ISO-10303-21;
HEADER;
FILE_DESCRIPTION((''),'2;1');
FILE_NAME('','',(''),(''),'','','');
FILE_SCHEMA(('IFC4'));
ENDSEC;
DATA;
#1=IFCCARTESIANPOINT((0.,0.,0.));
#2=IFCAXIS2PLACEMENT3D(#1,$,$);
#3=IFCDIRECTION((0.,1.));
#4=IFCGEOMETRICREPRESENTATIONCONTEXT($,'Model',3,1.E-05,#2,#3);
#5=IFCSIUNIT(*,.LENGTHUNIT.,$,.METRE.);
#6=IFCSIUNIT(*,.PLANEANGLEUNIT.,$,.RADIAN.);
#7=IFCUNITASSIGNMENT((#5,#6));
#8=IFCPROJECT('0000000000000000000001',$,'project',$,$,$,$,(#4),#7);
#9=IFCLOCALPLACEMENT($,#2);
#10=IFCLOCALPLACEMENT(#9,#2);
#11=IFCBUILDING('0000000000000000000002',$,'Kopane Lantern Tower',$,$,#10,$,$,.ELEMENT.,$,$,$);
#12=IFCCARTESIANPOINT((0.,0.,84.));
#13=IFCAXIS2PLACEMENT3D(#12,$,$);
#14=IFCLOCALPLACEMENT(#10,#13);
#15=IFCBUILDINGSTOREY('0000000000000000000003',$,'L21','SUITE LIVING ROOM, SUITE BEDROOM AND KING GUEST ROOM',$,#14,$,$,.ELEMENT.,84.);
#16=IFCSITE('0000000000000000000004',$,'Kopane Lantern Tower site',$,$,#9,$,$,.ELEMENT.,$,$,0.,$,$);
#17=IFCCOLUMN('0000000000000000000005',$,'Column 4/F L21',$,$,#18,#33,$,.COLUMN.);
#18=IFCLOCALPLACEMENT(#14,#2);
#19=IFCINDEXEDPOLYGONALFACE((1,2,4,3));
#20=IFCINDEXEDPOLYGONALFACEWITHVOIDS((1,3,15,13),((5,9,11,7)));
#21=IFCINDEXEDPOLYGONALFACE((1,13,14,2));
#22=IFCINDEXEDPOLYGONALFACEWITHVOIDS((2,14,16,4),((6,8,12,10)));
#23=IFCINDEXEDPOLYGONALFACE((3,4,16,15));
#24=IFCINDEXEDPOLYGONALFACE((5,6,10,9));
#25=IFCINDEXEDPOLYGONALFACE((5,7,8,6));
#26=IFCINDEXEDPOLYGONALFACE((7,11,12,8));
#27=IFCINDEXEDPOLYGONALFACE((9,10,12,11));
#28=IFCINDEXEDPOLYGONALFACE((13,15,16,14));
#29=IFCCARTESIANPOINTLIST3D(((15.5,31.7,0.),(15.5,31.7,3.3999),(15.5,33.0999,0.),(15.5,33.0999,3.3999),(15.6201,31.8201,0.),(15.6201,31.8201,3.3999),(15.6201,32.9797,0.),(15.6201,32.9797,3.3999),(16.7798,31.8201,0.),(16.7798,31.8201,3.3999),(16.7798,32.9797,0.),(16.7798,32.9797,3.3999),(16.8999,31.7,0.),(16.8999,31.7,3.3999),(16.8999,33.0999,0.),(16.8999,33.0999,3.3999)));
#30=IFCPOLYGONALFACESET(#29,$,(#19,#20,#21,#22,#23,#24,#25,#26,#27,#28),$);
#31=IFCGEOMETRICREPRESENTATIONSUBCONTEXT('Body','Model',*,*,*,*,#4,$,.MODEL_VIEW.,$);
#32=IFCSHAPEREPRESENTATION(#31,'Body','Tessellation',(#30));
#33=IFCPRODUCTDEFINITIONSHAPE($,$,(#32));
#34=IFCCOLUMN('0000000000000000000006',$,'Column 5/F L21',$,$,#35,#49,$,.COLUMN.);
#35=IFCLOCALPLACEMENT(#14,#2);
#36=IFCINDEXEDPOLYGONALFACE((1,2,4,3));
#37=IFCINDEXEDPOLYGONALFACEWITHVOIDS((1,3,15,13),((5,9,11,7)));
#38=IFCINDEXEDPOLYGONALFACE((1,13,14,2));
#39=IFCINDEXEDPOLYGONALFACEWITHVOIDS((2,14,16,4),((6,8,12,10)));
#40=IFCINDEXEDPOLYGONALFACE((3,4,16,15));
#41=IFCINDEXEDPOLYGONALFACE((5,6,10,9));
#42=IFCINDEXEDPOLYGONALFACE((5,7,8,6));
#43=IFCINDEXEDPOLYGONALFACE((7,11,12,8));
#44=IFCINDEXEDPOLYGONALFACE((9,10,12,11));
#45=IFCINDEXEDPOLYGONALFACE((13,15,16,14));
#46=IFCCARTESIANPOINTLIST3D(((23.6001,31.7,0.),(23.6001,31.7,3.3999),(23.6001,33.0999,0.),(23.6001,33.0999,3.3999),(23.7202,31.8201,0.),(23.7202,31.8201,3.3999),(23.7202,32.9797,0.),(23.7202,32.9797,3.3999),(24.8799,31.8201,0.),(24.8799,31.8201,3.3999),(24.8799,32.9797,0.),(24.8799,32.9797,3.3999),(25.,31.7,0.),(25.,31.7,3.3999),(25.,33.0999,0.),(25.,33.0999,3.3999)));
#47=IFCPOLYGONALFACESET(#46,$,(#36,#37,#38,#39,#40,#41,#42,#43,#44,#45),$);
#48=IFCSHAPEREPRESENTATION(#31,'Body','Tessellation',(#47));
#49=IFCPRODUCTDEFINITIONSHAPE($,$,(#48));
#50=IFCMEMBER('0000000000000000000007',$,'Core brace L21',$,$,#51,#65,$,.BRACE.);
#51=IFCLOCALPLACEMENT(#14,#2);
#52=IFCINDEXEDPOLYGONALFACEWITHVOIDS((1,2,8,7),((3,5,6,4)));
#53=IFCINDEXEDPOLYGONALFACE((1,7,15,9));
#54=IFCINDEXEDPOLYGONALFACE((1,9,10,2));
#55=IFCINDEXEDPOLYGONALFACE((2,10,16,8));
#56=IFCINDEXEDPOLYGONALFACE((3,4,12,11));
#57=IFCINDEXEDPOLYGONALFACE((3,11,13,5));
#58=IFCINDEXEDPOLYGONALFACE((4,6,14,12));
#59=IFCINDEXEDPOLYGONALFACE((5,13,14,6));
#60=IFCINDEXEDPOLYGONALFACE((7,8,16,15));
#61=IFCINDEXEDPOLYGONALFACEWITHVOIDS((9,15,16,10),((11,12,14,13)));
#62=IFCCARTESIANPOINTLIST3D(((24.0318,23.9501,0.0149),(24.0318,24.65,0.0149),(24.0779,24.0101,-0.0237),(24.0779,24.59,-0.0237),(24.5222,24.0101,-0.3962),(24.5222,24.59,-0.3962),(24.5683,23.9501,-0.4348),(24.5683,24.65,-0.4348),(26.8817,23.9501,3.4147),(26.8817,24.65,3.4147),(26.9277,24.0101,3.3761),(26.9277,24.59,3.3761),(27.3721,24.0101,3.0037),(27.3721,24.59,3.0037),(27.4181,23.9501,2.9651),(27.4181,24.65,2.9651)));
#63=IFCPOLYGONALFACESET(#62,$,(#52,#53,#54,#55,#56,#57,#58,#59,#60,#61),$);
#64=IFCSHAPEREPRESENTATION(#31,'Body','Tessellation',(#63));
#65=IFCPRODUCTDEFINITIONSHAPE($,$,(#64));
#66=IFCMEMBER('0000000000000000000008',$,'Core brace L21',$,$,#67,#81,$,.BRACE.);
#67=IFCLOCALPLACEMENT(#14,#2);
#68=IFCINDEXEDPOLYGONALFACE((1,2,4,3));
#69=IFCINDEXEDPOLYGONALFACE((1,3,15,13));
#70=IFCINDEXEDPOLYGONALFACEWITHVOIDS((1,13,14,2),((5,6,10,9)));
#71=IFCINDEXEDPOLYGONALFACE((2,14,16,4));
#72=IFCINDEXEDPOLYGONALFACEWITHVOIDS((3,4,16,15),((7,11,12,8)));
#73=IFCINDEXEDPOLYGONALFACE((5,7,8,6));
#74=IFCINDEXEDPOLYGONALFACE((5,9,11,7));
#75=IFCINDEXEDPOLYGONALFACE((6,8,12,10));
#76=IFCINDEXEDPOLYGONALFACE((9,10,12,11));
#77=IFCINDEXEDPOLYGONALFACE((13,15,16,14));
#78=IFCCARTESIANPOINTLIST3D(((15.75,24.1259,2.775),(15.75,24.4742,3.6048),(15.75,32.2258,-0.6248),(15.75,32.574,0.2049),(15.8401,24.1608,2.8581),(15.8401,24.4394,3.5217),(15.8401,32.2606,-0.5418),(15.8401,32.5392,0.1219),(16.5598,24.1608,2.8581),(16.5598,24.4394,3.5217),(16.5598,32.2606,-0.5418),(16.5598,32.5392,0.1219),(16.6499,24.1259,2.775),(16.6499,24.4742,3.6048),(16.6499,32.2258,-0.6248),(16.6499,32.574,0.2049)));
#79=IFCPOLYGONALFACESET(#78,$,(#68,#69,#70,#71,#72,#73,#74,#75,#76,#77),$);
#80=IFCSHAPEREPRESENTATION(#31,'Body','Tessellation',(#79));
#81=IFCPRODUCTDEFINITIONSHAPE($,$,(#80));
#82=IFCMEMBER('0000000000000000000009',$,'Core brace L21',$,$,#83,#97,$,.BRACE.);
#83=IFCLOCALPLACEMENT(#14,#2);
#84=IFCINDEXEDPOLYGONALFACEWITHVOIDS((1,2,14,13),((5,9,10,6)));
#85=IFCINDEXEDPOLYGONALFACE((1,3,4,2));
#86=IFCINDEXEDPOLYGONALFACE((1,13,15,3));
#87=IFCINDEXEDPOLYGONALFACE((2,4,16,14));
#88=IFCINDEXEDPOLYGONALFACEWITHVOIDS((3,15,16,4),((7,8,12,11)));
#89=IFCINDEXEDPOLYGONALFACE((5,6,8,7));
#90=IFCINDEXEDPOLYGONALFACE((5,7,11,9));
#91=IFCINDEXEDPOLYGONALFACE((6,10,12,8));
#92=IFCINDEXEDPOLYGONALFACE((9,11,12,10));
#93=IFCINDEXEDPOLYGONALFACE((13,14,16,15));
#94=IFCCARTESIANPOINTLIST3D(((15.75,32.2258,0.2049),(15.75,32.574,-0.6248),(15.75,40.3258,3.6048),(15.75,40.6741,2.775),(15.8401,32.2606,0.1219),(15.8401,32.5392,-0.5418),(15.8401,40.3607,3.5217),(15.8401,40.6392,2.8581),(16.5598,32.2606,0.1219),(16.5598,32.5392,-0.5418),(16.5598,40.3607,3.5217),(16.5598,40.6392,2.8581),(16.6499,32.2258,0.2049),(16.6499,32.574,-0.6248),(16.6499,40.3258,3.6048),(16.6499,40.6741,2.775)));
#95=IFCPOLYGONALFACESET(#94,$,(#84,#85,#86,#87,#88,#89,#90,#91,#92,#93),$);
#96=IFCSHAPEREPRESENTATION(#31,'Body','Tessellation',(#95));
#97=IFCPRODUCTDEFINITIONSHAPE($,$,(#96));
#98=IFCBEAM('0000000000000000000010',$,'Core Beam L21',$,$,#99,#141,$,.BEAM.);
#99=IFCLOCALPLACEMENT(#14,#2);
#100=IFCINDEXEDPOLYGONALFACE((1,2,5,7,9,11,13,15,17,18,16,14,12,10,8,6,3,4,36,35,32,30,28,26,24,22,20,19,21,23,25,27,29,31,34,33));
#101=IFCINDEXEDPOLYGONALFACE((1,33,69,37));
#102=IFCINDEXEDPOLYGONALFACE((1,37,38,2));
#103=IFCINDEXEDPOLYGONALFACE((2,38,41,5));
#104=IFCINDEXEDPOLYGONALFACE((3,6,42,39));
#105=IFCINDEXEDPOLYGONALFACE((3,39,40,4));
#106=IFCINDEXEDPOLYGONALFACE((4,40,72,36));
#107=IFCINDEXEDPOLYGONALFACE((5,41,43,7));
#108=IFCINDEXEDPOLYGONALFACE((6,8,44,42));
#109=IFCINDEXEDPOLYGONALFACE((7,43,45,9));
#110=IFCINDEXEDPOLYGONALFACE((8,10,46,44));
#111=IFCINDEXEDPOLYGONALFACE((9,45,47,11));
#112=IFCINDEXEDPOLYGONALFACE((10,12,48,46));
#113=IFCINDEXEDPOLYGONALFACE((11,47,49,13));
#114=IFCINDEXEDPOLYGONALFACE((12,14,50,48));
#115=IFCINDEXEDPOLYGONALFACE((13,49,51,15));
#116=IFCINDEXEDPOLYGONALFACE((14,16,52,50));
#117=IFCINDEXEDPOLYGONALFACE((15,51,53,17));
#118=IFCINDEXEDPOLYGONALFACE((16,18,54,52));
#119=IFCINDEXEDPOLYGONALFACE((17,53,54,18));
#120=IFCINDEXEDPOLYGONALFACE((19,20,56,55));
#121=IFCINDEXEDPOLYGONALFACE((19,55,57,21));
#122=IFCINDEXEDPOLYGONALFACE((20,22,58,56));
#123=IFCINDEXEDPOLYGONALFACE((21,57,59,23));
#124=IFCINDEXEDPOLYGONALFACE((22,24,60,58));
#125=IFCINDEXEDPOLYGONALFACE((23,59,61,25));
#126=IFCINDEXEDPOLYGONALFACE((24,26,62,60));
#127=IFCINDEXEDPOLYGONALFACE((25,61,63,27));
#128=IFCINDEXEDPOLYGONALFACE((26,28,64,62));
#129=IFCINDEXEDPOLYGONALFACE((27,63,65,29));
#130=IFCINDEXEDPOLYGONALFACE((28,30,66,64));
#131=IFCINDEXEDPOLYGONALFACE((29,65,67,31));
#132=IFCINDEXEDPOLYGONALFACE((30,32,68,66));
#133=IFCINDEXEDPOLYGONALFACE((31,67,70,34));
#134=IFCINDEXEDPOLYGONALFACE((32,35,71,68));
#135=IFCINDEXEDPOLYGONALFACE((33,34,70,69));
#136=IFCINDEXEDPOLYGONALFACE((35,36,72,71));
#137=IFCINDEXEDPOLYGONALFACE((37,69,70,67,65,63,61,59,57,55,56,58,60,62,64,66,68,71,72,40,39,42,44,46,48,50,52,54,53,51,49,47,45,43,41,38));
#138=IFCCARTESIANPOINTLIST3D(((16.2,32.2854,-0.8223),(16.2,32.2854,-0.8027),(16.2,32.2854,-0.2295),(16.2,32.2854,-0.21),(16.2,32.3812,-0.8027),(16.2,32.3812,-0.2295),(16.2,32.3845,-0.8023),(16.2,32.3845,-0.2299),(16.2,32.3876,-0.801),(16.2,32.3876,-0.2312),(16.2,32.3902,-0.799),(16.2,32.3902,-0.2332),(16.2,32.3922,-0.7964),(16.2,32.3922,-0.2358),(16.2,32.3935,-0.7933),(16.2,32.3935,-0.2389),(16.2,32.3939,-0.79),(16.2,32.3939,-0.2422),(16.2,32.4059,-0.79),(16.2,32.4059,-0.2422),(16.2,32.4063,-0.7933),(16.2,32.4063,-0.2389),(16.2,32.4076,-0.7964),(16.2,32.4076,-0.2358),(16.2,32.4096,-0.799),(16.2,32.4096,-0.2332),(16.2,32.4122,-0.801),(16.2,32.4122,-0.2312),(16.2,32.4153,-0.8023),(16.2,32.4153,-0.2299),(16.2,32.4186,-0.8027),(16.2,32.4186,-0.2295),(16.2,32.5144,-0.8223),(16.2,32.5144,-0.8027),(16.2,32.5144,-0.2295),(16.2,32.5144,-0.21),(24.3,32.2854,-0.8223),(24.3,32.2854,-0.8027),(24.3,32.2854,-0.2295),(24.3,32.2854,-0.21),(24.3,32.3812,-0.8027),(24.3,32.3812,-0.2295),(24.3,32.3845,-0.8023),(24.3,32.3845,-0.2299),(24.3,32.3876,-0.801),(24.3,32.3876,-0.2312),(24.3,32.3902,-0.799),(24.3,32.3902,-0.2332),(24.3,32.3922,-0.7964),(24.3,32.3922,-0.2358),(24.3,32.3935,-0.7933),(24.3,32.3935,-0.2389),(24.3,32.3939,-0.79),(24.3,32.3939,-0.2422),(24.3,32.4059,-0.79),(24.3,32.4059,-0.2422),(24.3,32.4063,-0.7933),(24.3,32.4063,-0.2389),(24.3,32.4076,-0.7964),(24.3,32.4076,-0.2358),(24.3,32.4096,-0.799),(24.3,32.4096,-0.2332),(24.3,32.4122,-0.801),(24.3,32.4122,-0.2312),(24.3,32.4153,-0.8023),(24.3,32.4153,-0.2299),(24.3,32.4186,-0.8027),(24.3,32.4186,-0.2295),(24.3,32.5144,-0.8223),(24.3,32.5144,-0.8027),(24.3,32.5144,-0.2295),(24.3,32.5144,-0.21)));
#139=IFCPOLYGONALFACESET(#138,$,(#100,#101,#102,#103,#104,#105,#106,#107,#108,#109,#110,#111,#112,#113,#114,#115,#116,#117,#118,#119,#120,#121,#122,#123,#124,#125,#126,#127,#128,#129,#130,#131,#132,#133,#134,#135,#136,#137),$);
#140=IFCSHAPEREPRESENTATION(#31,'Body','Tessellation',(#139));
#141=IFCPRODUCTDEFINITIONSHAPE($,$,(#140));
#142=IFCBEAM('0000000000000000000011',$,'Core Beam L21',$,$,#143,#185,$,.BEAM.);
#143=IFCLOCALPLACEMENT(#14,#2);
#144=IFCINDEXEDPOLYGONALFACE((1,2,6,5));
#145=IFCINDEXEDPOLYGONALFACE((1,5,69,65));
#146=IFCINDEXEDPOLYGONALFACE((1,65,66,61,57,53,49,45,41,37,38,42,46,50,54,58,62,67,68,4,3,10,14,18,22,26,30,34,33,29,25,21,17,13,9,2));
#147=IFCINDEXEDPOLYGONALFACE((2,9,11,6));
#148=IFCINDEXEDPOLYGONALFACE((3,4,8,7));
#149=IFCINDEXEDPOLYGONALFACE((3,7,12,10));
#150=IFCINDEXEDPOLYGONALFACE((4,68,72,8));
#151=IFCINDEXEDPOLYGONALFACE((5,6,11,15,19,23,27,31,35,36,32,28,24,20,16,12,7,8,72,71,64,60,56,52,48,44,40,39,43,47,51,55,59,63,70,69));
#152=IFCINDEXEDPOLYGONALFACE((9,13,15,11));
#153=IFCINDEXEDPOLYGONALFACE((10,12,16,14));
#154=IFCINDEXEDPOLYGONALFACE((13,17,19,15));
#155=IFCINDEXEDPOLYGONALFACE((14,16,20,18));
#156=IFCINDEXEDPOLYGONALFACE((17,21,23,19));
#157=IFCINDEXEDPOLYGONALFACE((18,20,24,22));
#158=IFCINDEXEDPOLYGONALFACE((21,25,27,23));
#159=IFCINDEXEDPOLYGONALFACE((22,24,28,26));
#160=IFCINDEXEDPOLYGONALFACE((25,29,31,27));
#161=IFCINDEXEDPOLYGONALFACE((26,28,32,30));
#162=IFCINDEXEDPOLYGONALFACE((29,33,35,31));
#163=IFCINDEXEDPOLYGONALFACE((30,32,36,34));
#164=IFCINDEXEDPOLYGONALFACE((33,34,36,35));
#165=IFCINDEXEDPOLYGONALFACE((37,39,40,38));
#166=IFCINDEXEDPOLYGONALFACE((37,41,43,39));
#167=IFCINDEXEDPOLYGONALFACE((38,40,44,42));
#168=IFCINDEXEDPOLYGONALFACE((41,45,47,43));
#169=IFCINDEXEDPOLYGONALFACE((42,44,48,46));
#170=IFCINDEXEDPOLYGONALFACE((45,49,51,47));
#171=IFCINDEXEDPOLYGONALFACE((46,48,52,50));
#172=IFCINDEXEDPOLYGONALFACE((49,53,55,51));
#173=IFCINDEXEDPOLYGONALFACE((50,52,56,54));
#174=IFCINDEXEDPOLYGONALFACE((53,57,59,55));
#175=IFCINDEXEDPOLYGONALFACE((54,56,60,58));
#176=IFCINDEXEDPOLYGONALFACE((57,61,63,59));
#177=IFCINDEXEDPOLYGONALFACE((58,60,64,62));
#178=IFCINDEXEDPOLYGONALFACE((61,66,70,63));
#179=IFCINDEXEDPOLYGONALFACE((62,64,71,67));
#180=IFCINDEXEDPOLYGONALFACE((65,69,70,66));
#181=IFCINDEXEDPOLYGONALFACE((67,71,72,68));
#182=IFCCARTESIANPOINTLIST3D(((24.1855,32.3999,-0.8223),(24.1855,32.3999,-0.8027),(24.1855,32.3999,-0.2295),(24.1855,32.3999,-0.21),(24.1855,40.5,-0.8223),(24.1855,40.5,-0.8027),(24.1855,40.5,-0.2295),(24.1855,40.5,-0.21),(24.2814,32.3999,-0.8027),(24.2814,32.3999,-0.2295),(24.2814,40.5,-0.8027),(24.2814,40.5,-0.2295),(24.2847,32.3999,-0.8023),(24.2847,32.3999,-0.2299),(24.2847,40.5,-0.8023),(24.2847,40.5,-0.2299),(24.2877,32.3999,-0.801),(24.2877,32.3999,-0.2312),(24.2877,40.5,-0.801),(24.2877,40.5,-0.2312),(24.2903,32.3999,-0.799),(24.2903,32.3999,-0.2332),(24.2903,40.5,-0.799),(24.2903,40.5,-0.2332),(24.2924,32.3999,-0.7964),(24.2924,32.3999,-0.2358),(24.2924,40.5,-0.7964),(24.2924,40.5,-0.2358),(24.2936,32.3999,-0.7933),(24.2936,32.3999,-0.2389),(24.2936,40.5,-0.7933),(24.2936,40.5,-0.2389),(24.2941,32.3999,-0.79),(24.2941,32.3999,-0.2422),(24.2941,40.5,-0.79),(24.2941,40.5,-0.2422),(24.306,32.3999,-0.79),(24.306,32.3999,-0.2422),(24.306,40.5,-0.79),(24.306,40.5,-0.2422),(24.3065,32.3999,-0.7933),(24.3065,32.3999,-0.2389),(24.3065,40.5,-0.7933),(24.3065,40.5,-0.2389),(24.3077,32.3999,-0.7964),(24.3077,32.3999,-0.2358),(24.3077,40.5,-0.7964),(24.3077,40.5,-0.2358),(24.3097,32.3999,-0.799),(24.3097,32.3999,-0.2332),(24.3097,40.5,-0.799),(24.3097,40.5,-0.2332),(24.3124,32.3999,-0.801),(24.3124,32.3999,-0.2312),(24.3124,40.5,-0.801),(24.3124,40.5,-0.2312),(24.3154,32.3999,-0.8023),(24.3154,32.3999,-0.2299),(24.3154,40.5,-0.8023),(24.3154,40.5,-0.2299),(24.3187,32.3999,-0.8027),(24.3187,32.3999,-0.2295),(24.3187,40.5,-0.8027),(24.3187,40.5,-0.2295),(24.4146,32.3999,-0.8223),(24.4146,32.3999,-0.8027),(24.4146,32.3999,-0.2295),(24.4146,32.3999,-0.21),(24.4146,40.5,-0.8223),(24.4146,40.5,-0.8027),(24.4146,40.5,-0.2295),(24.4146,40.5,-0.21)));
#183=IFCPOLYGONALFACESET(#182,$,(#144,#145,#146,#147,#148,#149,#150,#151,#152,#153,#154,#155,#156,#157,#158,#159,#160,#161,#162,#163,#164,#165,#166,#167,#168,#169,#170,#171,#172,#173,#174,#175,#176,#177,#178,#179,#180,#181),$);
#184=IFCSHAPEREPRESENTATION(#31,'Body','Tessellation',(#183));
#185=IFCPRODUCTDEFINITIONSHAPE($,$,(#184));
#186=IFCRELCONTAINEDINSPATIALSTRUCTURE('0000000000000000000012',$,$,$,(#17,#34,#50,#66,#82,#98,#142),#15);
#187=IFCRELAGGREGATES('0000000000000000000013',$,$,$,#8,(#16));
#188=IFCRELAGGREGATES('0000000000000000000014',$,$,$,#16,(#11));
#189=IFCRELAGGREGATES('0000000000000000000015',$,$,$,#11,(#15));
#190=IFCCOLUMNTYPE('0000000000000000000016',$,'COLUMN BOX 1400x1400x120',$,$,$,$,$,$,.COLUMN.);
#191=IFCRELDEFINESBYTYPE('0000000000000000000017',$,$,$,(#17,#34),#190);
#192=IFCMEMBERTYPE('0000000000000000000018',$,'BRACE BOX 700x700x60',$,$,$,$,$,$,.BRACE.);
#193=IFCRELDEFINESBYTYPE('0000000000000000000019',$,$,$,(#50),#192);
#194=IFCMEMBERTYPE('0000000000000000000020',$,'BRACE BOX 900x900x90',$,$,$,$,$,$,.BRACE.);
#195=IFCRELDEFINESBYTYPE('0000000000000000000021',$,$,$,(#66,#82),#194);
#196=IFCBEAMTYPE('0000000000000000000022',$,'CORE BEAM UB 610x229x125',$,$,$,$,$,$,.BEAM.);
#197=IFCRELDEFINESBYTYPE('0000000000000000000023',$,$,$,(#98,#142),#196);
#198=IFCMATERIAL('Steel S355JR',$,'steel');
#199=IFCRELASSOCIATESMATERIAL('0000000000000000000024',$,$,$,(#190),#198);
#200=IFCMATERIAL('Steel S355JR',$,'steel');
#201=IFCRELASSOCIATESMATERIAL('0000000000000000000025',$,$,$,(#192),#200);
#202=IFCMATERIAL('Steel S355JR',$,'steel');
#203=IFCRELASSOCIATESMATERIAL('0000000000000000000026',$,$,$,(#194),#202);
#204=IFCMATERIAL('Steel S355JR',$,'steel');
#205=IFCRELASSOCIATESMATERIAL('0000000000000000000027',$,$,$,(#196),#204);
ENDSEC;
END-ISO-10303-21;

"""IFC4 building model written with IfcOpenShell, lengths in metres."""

from ifc_helpers import new_model, si_unit, direction, frame, origin, origin_2d, place, context, subcontext, project, spatial, hollow_rectangle, i_section, extrude, material, material_profile, profile_set, type_object, element, save


model = new_model("IFC4")

# Units and contexts
model_context = context("Model", 3, precision=1e-05, world=origin(), true_north=direction((0.0, 1.0)))
body_context = subcontext(model_context, "Body", "Model", "MODEL_VIEW")
ifc_project = project(units=[si_unit("LENGTHUNIT", "METRE"), si_unit("PLANEANGLEUNIT", "RADIAN")], contexts=[model_context])

# Site, building, storey
site_placement = place(None, origin())
site = spatial("IfcSite", under=ifc_project, at=site_placement, Name="Kopane Lantern Tower site", CompositionType="ELEMENT", RefElevation=0.0)
building_placement = place(site_placement, origin())
building = spatial("IfcBuilding", under=site, at=building_placement, Name="Kopane Lantern Tower", CompositionType="ELEMENT")
storey_placement = place(building_placement, frame((0.0, 0.0, 84.0)))
storey = spatial("IfcBuildingStorey", under=building, at=storey_placement, Name="L21", Description="SUITE LIVING ROOM, SUITE BEDROOM AND KING GUEST ROOM", CompositionType="ELEMENT", Elevation=84.0)

# Columns
ifc_material_1 = material(Name="Steel S355JR", Category="steel")
ifc_material_profile_1 = material_profile(ifc_material_1, hollow_rectangle(XDim=1.3999, YDim=1.3999, WallThickness=0.1201, at=origin_2d()), Name="BOX 1400x1400x120")
ifc_profile_set_1 = profile_set([ifc_material_profile_1], Name="Steel S355JR")
column_type = type_object("IfcColumnType", Name="COLUMN BOX 1400x1400x120", PredefinedType="COLUMN", material=ifc_profile_set_1)
for number, where, z_axis, x_axis, name in (
    (1, (16.2, 32.3999, 0.0), (0.0, 0.0, 1.0), (1.0, 0.0, 0.0), "Column 4/F L21"),
    (2, (24.3, 32.3999, 0.0), (0.0, 0.0, 1.0), (1.0, 0.0, 0.0), "Column 5/F L21"),
):
    element("IfcColumn", number, at=place(storey_placement, frame(where, z_axis=z_axis, x_axis=x_axis)), inside=storey, type_object=column_type, Name=name, PredefinedType="COLUMN", context=body_context, shape_type="SweptSolid", body=[
        extrude(hollow_rectangle(XDim=1.3999, YDim=1.3999, WallThickness=0.1201, at=origin_2d()), origin(), (0.0, 0.0, 1.0), 3.3999),
    ])

# Members
ifc_material_2 = material(Name="Steel S355JR", Category="steel")
ifc_material_profile_2 = material_profile(ifc_material_2, hollow_rectangle(XDim=0.7, YDim=0.7, WallThickness=0.0601, at=origin_2d()), Name="BOX 700x700x60")
ifc_profile_set_2 = profile_set([ifc_material_profile_2], Name="Steel S355JR")
member_type_1 = type_object("IfcMemberType", Name="BRACE BOX 700x700x60", PredefinedType="BRACE", material=ifc_profile_set_2)
member_1_placement = place(storey_placement, frame((24.3, 24.3, -0.21), z_axis=(0.64239, 0.0, 0.766378), x_axis=(0.0, 1.0, 0.0)))
element("IfcMember", 3, at=member_1_placement, inside=storey, type_object=member_type_1, Name="Core brace L21", PredefinedType="BRACE", context=body_context, shape_type="SweptSolid", body=[
    extrude(hollow_rectangle(XDim=0.7, YDim=0.7, WallThickness=0.0601, at=origin_2d()), origin(), (0.0, 0.0, 1.0), 4.4363),
])
ifc_material_3 = material(Name="Steel S355JR", Category="steel")
ifc_material_profile_3 = material_profile(ifc_material_3, hollow_rectangle(XDim=0.8999, YDim=0.8999, WallThickness=0.0901, at=origin_2d()), Name="BOX 900x900x90")
ifc_profile_set_3 = profile_set([ifc_material_profile_3], Name="Steel S355JR")
member_type_2 = type_object("IfcMemberType", Name="BRACE BOX 900x900x90", PredefinedType="BRACE", material=ifc_profile_set_3)
member_2_placement = place(storey_placement, frame((16.2, 32.3999, -0.21), z_axis=(0.0, -0.922065, 0.387035), x_axis=(1.0, 0.0, 0.0)))
element("IfcMember", 4, at=member_2_placement, inside=storey, type_object=member_type_2, Name="Core brace L21", PredefinedType="BRACE", context=body_context, shape_type="SweptSolid", body=[
    extrude(hollow_rectangle(XDim=0.8999, YDim=0.8999, WallThickness=0.0901, at=origin_2d()), origin(), (0.0, 0.0, 1.0), 8.7844),
])
member_3_placement = place(storey_placement, frame((16.2, 32.3999, -0.21), z_axis=(0.0, 0.922069, 0.387026), x_axis=(-1.0, 0.0, 0.0)))
element("IfcMember", 5, at=member_3_placement, inside=storey, type_object=member_type_2, Name="Core brace L21", PredefinedType="BRACE", context=body_context, shape_type="SweptSolid", body=[
    extrude(hollow_rectangle(XDim=0.8999, YDim=0.8999, WallThickness=0.0901, at=origin_2d()), origin(), (0.0, 0.0, 1.0), 8.7847),
])

# Beams
ifc_material_4 = material(Name="Steel S355JR", Category="steel")
ifc_material_profile_4 = material_profile(ifc_material_4, i_section(OverallWidth=0.229, OverallDepth=0.6123, WebThickness=0.012, FlangeThickness=0.0195, FilletRadius=0.0127, at=origin_2d()), Name="UB 610x229x125")
ifc_profile_set_4 = profile_set([ifc_material_profile_4], Name="Steel S355JR")
beam_type_1 = type_object("IfcBeamType", Name="CORE BEAM UB 610x229x125", PredefinedType="BEAM", material=ifc_profile_set_4)
for number, where, z_axis, x_axis, name in (
    (6, (16.2, 32.3999, -0.5161), (1.0, 0.0, 0.0), (0.0, 1.0, 0.0), "Core Beam L21"),
    (7, (24.3, 32.3999, -0.5161), (0.0, 1.0, 0.0), (-1.0, 0.0, 0.0), "Core Beam L21"),
):
    element("IfcBeam", number, at=place(storey_placement, frame(where, z_axis=z_axis, x_axis=x_axis)), inside=storey, type_object=beam_type_1, Name=name, PredefinedType="BEAM", context=body_context, shape_type="SweptSolid", body=[
        extrude(i_section(OverallWidth=0.229, OverallDepth=0.6123, WebThickness=0.012, FlangeThickness=0.0195, FilletRadius=0.0127, at=origin_2d()), origin(), (0.0, 0.0, 1.0), 8.1001),
    ])

save(model, "model.ifc")
